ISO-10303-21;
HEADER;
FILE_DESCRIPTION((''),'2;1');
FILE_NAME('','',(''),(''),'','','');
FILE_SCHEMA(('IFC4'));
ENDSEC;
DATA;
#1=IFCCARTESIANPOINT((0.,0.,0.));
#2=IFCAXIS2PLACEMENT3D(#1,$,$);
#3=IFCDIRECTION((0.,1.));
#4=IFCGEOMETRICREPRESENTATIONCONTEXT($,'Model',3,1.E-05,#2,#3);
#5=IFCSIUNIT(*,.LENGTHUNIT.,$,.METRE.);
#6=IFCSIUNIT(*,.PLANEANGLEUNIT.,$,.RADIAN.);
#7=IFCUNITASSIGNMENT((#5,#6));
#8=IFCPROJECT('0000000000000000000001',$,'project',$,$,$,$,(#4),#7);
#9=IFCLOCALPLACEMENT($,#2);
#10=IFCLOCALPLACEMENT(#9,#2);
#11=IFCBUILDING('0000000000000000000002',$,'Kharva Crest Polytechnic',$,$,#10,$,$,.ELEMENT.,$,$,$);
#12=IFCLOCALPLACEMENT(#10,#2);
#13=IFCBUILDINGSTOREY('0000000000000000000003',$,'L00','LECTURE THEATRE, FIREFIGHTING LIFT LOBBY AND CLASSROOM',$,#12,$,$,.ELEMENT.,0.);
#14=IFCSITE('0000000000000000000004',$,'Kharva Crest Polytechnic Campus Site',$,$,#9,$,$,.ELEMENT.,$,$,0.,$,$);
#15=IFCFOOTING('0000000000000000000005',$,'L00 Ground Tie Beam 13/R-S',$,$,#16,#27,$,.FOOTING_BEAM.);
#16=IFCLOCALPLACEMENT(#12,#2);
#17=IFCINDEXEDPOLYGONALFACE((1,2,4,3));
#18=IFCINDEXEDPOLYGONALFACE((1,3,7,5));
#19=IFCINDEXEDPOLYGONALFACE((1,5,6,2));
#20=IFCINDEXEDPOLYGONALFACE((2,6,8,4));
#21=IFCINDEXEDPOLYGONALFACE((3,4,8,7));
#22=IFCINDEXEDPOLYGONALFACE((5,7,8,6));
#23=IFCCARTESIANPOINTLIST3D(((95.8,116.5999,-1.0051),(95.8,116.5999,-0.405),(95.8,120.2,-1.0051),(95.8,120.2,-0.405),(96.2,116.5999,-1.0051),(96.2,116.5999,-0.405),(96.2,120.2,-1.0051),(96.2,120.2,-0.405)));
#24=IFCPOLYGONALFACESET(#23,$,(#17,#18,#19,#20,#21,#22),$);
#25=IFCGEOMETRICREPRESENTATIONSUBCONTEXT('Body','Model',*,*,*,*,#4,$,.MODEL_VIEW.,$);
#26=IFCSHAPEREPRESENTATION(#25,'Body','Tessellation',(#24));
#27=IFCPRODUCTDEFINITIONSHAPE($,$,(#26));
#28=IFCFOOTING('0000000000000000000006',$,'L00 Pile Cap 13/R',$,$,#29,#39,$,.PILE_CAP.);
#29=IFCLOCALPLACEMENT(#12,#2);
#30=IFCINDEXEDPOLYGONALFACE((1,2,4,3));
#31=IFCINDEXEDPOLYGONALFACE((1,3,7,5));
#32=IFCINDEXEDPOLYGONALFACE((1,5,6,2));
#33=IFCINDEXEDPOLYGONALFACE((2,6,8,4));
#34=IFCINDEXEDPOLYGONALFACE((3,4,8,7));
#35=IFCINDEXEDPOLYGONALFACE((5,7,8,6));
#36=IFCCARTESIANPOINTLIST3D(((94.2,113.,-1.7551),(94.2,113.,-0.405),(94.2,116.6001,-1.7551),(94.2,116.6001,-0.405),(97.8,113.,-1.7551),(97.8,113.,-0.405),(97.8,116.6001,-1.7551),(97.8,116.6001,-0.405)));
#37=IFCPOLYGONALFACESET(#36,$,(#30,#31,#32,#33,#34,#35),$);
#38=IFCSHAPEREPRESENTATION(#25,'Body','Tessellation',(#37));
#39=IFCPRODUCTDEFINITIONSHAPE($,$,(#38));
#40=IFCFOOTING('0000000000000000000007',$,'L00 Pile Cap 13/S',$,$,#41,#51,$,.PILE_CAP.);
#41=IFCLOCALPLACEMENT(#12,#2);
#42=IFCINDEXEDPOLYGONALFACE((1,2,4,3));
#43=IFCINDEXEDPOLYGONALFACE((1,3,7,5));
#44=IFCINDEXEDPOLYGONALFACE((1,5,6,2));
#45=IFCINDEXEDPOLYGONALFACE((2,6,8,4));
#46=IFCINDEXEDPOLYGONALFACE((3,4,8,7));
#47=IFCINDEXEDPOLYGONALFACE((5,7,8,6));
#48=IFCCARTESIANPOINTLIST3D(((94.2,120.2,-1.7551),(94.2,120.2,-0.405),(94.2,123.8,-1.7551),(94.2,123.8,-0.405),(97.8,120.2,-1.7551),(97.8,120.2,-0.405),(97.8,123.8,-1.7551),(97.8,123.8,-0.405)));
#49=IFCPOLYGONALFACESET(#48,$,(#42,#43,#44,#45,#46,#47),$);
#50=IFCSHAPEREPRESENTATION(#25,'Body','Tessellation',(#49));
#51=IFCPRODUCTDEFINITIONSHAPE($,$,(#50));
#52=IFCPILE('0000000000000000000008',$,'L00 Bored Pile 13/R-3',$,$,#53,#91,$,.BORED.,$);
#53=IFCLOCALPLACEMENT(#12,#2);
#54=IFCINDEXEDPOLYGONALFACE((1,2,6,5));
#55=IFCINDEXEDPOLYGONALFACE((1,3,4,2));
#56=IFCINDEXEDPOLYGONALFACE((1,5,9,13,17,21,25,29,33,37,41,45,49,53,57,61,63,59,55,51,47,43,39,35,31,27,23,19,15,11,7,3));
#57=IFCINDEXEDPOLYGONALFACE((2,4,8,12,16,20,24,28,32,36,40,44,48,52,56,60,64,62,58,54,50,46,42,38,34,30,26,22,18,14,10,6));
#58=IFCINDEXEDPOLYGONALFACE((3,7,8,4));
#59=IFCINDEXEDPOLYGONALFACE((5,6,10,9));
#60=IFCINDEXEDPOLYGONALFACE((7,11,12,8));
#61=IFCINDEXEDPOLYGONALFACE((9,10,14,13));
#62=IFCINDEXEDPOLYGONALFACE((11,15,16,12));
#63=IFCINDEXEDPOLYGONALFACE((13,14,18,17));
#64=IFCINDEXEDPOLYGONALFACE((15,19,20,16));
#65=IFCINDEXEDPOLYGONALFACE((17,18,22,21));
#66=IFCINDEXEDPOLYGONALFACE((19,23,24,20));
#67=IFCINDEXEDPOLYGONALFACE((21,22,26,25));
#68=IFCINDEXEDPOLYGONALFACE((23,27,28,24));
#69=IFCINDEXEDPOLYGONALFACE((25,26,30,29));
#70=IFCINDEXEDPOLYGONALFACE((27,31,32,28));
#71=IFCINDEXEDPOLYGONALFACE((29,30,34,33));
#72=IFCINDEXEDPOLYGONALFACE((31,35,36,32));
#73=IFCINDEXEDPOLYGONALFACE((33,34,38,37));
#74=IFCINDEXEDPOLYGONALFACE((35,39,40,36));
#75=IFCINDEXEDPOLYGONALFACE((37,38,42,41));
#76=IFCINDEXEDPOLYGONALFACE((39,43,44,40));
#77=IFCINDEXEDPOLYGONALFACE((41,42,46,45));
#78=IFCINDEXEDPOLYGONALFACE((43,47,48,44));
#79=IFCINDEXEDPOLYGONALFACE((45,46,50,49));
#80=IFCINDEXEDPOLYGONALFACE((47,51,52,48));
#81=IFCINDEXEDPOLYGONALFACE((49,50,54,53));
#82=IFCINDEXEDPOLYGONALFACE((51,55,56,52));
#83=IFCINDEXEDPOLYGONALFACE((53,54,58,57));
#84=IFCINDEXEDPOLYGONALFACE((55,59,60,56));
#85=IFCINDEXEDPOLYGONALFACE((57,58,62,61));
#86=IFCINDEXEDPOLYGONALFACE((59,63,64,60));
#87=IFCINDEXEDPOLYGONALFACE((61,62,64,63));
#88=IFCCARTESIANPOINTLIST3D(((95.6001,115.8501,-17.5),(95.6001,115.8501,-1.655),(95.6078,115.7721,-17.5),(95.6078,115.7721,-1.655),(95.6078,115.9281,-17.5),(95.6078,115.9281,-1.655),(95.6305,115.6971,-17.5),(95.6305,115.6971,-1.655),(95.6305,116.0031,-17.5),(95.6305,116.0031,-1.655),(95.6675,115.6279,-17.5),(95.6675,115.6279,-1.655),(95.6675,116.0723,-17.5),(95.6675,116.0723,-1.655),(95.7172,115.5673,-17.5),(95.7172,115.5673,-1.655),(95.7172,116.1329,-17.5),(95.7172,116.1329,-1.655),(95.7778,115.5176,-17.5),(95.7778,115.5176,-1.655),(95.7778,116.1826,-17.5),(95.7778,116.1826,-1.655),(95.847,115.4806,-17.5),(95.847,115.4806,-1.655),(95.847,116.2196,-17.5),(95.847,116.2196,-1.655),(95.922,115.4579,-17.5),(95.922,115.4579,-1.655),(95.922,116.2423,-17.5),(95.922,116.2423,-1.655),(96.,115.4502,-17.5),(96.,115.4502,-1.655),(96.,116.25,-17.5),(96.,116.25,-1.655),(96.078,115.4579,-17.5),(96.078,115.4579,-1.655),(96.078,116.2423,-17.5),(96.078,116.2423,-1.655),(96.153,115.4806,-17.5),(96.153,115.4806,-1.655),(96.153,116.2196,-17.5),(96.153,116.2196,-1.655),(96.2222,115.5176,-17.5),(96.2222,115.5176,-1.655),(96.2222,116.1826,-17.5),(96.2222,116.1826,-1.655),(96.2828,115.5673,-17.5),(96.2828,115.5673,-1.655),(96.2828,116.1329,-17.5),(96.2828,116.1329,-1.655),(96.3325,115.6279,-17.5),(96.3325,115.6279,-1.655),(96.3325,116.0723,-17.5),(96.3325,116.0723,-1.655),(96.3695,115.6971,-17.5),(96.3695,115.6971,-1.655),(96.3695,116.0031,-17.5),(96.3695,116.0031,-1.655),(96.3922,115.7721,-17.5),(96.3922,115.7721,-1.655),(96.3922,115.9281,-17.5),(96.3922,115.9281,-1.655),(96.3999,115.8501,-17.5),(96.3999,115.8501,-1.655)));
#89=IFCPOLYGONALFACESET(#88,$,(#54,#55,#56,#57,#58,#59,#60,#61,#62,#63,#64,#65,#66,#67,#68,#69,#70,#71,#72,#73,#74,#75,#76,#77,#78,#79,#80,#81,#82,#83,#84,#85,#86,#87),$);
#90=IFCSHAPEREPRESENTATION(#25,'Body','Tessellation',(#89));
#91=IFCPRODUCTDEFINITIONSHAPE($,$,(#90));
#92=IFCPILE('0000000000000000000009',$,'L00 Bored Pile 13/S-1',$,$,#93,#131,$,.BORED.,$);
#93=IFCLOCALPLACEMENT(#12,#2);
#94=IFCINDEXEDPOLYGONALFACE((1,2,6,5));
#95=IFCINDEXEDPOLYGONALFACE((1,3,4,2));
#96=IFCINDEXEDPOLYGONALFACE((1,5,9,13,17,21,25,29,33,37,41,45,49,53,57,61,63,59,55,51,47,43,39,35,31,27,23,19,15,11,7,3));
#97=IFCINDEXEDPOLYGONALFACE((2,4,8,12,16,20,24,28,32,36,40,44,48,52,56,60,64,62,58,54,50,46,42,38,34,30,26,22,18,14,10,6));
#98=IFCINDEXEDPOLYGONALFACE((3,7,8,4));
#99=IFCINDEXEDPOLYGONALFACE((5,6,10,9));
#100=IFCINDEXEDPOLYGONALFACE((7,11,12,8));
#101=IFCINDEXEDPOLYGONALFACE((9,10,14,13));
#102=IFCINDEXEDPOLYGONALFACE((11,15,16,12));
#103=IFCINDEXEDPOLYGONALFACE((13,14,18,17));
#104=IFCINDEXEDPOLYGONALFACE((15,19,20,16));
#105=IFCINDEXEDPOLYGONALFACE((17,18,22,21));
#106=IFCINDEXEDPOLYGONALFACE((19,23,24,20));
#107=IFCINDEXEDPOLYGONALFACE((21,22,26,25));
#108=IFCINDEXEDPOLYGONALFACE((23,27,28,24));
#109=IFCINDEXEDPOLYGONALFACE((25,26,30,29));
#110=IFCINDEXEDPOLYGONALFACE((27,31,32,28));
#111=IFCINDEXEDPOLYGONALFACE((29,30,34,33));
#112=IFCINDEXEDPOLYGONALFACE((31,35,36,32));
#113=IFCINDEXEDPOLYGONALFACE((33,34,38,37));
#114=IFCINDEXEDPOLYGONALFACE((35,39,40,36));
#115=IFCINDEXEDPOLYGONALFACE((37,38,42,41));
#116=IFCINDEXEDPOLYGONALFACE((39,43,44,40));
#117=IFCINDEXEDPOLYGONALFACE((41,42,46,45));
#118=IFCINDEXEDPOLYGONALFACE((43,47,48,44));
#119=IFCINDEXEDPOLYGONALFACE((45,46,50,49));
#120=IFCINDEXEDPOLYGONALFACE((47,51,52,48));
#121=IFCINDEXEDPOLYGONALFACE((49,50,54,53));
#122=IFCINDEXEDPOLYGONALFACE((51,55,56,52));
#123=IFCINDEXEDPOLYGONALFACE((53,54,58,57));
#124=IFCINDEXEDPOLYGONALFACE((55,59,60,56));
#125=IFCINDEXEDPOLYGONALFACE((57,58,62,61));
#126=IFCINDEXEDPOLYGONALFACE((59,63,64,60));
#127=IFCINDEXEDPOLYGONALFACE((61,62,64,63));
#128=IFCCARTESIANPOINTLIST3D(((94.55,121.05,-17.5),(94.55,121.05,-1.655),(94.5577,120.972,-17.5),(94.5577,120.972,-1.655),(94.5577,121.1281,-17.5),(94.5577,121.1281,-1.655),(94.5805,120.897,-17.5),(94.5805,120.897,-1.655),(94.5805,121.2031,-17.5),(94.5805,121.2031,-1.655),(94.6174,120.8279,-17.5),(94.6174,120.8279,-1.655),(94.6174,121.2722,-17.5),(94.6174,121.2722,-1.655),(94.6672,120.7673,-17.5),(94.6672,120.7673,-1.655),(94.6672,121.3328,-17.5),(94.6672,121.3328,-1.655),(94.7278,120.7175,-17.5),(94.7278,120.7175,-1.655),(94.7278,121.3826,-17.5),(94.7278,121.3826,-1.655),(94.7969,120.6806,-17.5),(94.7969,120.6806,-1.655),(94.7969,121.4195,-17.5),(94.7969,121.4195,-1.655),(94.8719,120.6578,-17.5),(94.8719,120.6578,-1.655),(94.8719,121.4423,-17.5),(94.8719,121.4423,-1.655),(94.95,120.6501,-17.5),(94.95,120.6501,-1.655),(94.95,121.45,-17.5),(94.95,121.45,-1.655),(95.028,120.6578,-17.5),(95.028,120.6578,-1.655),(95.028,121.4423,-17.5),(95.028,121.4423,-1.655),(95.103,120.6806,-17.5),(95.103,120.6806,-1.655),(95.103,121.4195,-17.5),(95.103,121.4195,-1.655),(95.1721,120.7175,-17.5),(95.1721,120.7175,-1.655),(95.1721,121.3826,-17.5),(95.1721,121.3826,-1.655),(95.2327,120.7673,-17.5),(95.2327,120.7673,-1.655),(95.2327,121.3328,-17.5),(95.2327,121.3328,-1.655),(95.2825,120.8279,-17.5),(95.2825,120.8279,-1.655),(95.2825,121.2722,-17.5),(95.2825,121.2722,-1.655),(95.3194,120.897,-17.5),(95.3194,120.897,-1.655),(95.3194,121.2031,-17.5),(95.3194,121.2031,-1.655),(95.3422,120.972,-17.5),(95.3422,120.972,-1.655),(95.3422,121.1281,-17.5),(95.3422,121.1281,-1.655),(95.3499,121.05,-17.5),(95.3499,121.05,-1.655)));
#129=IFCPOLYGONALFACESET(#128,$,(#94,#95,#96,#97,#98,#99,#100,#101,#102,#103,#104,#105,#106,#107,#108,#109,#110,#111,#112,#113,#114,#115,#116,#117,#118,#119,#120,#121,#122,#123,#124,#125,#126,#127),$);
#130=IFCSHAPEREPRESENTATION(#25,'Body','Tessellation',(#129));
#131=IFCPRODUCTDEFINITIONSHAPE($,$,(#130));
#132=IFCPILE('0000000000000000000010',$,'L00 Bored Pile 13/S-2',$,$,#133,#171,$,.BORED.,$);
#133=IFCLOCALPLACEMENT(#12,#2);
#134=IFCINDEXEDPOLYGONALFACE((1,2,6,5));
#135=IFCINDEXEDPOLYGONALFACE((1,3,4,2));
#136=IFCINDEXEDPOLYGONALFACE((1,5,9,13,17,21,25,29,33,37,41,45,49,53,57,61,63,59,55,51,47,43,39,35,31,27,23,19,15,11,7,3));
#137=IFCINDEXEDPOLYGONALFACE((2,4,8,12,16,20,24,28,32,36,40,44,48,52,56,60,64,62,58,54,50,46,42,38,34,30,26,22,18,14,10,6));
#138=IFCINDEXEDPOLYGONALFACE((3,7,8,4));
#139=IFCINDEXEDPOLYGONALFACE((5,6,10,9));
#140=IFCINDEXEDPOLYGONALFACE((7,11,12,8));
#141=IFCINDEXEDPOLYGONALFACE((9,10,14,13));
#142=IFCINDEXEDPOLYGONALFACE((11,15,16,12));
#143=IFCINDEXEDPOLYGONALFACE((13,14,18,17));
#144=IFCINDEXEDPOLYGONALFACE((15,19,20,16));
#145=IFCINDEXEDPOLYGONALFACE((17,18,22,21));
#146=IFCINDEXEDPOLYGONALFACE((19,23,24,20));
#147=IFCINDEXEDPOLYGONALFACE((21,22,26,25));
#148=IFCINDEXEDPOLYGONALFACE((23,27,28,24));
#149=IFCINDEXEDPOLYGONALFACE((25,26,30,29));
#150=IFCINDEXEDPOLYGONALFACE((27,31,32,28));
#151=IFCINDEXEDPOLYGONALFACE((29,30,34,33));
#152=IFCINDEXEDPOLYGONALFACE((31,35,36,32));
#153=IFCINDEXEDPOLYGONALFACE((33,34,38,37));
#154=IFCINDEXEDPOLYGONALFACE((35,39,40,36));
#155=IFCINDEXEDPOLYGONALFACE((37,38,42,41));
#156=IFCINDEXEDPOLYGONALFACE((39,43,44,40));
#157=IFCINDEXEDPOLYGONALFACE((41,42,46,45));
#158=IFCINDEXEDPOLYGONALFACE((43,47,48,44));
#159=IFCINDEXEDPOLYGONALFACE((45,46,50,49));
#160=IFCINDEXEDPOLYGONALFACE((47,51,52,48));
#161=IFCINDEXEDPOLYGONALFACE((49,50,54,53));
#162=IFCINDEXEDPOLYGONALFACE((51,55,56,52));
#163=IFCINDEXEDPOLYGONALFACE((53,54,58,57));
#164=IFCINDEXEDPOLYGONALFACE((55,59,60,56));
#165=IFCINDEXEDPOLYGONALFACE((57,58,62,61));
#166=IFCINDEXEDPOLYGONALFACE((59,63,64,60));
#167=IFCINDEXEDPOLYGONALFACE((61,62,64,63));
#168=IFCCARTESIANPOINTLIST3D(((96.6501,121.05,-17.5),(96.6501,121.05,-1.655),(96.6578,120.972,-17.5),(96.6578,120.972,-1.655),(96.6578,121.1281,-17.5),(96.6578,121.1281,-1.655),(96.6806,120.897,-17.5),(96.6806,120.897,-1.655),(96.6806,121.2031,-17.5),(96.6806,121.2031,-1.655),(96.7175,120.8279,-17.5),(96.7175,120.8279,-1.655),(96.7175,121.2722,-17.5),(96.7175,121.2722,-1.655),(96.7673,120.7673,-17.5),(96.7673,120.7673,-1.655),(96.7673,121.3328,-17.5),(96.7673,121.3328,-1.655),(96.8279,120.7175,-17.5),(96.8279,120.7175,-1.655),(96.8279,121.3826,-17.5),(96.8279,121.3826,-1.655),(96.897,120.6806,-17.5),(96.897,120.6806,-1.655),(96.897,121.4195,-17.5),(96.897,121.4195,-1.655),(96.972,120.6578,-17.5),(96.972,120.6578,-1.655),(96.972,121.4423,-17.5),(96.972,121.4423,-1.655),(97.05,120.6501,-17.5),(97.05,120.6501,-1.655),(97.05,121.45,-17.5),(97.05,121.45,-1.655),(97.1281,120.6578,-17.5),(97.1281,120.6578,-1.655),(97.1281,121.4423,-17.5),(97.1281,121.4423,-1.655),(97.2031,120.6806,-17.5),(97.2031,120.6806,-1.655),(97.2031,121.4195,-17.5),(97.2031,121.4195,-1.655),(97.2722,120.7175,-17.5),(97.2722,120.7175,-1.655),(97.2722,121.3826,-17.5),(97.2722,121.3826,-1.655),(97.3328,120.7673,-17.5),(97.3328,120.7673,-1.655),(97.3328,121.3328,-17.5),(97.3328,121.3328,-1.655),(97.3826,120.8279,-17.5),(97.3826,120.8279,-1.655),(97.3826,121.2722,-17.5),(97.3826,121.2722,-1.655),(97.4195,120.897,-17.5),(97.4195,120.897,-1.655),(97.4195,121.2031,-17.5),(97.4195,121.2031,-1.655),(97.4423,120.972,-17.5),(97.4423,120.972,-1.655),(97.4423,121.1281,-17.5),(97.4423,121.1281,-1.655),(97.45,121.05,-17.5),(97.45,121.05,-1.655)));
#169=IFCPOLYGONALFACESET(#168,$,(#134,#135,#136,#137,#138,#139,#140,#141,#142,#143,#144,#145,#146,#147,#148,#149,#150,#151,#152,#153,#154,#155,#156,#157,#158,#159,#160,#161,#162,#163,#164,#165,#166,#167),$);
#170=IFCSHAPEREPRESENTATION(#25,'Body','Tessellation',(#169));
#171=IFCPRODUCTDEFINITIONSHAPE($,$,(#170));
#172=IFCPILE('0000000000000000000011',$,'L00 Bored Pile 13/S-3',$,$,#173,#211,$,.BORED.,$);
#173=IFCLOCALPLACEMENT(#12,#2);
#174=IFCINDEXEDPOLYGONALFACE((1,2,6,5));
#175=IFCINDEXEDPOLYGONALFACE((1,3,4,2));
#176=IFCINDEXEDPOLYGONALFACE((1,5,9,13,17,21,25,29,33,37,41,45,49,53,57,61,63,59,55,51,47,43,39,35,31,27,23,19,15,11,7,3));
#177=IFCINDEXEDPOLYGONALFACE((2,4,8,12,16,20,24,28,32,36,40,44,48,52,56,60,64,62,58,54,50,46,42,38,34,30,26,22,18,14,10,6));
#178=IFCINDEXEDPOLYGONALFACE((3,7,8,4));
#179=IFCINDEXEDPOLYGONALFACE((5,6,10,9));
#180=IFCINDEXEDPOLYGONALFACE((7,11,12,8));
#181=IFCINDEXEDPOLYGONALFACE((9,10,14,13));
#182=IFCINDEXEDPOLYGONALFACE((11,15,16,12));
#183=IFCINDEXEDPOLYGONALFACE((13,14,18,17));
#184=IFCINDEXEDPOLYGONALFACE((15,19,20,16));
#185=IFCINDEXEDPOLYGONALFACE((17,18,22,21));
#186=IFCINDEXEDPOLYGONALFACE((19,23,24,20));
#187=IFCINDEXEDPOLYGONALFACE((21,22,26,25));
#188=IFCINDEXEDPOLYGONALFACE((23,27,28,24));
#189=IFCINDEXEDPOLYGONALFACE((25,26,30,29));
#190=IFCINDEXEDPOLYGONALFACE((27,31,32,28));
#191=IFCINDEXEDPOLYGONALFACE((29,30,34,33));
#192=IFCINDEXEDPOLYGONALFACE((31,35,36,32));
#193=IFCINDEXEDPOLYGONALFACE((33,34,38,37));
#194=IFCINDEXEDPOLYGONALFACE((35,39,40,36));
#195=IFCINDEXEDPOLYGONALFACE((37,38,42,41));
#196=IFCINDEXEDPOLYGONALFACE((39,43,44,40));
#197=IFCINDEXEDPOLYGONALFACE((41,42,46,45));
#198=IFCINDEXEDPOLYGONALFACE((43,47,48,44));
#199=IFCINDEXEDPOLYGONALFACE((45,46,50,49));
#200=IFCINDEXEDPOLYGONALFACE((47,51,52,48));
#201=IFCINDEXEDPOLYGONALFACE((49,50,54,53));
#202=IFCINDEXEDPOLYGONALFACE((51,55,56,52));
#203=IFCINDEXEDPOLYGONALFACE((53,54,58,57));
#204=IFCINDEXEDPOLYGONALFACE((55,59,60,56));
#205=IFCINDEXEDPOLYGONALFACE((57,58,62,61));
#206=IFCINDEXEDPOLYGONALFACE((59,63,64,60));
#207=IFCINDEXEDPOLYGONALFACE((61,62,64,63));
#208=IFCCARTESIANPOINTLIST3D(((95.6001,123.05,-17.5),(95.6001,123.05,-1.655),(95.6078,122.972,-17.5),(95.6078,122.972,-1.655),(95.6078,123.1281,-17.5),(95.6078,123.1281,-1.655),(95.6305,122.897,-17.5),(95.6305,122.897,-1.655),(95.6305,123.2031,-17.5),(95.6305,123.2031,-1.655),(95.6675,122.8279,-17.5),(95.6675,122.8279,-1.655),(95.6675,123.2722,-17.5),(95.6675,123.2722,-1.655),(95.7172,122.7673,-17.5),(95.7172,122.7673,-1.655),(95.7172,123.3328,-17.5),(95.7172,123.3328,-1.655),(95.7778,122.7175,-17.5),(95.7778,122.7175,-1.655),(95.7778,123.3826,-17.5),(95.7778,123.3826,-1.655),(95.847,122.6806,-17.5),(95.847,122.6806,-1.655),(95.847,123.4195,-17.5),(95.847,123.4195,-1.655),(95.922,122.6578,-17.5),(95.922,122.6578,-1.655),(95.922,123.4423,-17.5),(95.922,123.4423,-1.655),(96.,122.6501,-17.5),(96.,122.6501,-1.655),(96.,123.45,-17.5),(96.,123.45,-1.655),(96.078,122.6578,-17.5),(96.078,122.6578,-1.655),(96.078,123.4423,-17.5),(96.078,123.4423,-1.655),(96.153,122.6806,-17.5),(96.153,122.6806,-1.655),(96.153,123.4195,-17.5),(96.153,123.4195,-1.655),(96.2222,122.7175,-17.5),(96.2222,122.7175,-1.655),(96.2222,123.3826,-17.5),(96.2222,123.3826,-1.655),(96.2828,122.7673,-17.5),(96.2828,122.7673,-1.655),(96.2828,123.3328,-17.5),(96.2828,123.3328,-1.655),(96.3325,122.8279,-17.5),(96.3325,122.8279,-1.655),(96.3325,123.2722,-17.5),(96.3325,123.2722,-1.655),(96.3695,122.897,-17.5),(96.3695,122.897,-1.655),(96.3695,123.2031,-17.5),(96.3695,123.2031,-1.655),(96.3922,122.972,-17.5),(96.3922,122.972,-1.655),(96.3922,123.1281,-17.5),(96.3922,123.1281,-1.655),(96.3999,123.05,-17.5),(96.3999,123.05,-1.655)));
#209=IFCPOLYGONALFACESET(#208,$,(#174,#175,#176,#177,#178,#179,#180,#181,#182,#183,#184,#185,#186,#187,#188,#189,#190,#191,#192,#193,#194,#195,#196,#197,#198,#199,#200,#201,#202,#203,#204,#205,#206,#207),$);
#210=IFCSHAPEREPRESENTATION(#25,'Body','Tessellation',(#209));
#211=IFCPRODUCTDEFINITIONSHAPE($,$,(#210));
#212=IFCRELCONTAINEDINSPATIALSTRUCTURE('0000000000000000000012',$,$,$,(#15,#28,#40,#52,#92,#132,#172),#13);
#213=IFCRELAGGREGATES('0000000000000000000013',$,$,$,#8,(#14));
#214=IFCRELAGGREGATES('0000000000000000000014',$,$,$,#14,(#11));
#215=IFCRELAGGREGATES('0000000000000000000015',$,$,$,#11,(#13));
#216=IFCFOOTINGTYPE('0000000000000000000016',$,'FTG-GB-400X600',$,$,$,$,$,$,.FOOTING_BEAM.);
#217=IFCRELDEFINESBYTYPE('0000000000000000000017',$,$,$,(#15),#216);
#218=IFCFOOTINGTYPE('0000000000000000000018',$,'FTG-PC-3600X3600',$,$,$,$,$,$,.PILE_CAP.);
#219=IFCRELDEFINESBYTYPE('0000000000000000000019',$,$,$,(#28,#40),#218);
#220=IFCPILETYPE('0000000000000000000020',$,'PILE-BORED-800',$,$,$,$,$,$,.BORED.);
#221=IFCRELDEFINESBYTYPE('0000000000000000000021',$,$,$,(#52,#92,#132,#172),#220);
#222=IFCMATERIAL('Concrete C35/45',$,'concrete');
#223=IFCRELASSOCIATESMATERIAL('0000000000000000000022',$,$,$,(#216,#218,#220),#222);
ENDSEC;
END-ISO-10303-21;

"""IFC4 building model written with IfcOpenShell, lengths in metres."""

from ifc_helpers import new_model, si_unit, direction, frame, origin, origin_2d, place, context, subcontext, project, spatial, rectangle, circle, extrude, material, material_profile, profile_set, type_object, element, save


model = new_model("IFC4")

# Units and contexts
model_context = context("Model", 3, precision=1e-05, world=origin(), true_north=direction((0.0, 1.0)))
body_context = subcontext(model_context, "Body", "Model", "MODEL_VIEW")
ifc_project = project(units=[si_unit("LENGTHUNIT", "METRE"), si_unit("PLANEANGLEUNIT", "RADIAN")], contexts=[model_context])

# Site, building, storey
site_placement = place(None, origin())
site = spatial("IfcSite", under=ifc_project, at=site_placement, Name="Kharva Crest Polytechnic Campus Site", CompositionType="ELEMENT", RefElevation=0.0)
building_placement = place(site_placement, origin())
building = spatial("IfcBuilding", under=site, at=building_placement, Name="Kharva Crest Polytechnic", CompositionType="ELEMENT")
storey_placement = place(building_placement, origin())
storey = spatial("IfcBuildingStorey", under=building, at=storey_placement, Name="L00", Description="LECTURE THEATRE, FIREFIGHTING LIFT LOBBY AND CLASSROOM", CompositionType="ELEMENT", Elevation=0.0)

# Footings
ifc_material_1 = material(Name="Concrete C35/45", Category="concrete")
footing_type_1 = type_object("IfcFootingType", Name="FTG-GB-400X600", PredefinedType="FOOTING_BEAM", material=ifc_material_1)
footing_placement = place(storey_placement, frame((96.0, 118.3999, -1.0051), z_axis=(0.0, 0.0, 1.0), x_axis=(0.0, 1.0, 0.0)))
element("IfcFooting", 1, at=footing_placement, inside=storey, type_object=footing_type_1, Name="L00 Ground Tie Beam 13/R-S", PredefinedType="FOOTING_BEAM", context=body_context, shape_type="SweptSolid", body=[
    extrude(rectangle(XDim=3.6001, YDim=0.3999, at=origin_2d()), origin(), (0.0, 0.0, 1.0), 0.6001),
])
footing_type_2 = type_object("IfcFootingType", Name="FTG-PC-3600X3600", PredefinedType="PILE_CAP", material=ifc_material_1)
for number, where, z_axis, x_axis, name in (
    (2, (96.0, 114.8, -1.7551), (0.0, 0.0, 1.0), (1.0, 0.0, 0.0), "L00 Pile Cap 13/R"),
    (3, (96.0, 122.0, -1.7551), (0.0, 0.0, 1.0), (1.0, 0.0, 0.0), "L00 Pile Cap 13/S"),
):
    element("IfcFooting", number, at=place(storey_placement, frame(where, z_axis=z_axis, x_axis=x_axis)), inside=storey, type_object=footing_type_2, Name=name, PredefinedType="PILE_CAP", context=body_context, shape_type="SweptSolid", body=[
        extrude(rectangle(XDim=3.6001, YDim=3.6001, at=origin_2d()), origin(), (0.0, 0.0, 1.0), 1.3501),
    ])

# Piles
ifc_material_profile_1 = material_profile(ifc_material_1, circle(Radius=0.3999, at=origin_2d()), Name="DIA 800")
ifc_profile_set_1 = profile_set([ifc_material_profile_1], Name="Concrete C35/45")
pile_type = type_object("IfcPileType", Name="PILE-BORED-800", PredefinedType="BORED", material=ifc_profile_set_1)
for number, where, z_axis, x_axis, name in (
    (4, (96.0, 115.8501, -1.655), (0.0, 0.0, -1.0), (1.0, 0.0, 0.0), "L00 Bored Pile 13/R-3"),
    (5, (94.95, 121.05, -1.655), (0.0, 0.0, -1.0), (1.0, 0.0, 0.0), "L00 Bored Pile 13/S-1"),
    (6, (97.05, 121.05, -1.655), (0.0, 0.0, -1.0), (1.0, 0.0, 0.0), "L00 Bored Pile 13/S-2"),
    (7, (96.0, 123.05, -1.655), (0.0, 0.0, -1.0), (1.0, 0.0, 0.0), "L00 Bored Pile 13/S-3"),
):
    element("IfcPile", number, at=place(storey_placement, frame(where, z_axis=z_axis, x_axis=x_axis)), inside=storey, type_object=pile_type, Name=name, PredefinedType="BORED", context=body_context, shape_type="SweptSolid", body=[
        extrude(circle(Radius=0.3999, at=origin_2d()), origin(), (0.0, 0.0, 1.0), 15.845),
    ])

save(model, "model.ifc")
